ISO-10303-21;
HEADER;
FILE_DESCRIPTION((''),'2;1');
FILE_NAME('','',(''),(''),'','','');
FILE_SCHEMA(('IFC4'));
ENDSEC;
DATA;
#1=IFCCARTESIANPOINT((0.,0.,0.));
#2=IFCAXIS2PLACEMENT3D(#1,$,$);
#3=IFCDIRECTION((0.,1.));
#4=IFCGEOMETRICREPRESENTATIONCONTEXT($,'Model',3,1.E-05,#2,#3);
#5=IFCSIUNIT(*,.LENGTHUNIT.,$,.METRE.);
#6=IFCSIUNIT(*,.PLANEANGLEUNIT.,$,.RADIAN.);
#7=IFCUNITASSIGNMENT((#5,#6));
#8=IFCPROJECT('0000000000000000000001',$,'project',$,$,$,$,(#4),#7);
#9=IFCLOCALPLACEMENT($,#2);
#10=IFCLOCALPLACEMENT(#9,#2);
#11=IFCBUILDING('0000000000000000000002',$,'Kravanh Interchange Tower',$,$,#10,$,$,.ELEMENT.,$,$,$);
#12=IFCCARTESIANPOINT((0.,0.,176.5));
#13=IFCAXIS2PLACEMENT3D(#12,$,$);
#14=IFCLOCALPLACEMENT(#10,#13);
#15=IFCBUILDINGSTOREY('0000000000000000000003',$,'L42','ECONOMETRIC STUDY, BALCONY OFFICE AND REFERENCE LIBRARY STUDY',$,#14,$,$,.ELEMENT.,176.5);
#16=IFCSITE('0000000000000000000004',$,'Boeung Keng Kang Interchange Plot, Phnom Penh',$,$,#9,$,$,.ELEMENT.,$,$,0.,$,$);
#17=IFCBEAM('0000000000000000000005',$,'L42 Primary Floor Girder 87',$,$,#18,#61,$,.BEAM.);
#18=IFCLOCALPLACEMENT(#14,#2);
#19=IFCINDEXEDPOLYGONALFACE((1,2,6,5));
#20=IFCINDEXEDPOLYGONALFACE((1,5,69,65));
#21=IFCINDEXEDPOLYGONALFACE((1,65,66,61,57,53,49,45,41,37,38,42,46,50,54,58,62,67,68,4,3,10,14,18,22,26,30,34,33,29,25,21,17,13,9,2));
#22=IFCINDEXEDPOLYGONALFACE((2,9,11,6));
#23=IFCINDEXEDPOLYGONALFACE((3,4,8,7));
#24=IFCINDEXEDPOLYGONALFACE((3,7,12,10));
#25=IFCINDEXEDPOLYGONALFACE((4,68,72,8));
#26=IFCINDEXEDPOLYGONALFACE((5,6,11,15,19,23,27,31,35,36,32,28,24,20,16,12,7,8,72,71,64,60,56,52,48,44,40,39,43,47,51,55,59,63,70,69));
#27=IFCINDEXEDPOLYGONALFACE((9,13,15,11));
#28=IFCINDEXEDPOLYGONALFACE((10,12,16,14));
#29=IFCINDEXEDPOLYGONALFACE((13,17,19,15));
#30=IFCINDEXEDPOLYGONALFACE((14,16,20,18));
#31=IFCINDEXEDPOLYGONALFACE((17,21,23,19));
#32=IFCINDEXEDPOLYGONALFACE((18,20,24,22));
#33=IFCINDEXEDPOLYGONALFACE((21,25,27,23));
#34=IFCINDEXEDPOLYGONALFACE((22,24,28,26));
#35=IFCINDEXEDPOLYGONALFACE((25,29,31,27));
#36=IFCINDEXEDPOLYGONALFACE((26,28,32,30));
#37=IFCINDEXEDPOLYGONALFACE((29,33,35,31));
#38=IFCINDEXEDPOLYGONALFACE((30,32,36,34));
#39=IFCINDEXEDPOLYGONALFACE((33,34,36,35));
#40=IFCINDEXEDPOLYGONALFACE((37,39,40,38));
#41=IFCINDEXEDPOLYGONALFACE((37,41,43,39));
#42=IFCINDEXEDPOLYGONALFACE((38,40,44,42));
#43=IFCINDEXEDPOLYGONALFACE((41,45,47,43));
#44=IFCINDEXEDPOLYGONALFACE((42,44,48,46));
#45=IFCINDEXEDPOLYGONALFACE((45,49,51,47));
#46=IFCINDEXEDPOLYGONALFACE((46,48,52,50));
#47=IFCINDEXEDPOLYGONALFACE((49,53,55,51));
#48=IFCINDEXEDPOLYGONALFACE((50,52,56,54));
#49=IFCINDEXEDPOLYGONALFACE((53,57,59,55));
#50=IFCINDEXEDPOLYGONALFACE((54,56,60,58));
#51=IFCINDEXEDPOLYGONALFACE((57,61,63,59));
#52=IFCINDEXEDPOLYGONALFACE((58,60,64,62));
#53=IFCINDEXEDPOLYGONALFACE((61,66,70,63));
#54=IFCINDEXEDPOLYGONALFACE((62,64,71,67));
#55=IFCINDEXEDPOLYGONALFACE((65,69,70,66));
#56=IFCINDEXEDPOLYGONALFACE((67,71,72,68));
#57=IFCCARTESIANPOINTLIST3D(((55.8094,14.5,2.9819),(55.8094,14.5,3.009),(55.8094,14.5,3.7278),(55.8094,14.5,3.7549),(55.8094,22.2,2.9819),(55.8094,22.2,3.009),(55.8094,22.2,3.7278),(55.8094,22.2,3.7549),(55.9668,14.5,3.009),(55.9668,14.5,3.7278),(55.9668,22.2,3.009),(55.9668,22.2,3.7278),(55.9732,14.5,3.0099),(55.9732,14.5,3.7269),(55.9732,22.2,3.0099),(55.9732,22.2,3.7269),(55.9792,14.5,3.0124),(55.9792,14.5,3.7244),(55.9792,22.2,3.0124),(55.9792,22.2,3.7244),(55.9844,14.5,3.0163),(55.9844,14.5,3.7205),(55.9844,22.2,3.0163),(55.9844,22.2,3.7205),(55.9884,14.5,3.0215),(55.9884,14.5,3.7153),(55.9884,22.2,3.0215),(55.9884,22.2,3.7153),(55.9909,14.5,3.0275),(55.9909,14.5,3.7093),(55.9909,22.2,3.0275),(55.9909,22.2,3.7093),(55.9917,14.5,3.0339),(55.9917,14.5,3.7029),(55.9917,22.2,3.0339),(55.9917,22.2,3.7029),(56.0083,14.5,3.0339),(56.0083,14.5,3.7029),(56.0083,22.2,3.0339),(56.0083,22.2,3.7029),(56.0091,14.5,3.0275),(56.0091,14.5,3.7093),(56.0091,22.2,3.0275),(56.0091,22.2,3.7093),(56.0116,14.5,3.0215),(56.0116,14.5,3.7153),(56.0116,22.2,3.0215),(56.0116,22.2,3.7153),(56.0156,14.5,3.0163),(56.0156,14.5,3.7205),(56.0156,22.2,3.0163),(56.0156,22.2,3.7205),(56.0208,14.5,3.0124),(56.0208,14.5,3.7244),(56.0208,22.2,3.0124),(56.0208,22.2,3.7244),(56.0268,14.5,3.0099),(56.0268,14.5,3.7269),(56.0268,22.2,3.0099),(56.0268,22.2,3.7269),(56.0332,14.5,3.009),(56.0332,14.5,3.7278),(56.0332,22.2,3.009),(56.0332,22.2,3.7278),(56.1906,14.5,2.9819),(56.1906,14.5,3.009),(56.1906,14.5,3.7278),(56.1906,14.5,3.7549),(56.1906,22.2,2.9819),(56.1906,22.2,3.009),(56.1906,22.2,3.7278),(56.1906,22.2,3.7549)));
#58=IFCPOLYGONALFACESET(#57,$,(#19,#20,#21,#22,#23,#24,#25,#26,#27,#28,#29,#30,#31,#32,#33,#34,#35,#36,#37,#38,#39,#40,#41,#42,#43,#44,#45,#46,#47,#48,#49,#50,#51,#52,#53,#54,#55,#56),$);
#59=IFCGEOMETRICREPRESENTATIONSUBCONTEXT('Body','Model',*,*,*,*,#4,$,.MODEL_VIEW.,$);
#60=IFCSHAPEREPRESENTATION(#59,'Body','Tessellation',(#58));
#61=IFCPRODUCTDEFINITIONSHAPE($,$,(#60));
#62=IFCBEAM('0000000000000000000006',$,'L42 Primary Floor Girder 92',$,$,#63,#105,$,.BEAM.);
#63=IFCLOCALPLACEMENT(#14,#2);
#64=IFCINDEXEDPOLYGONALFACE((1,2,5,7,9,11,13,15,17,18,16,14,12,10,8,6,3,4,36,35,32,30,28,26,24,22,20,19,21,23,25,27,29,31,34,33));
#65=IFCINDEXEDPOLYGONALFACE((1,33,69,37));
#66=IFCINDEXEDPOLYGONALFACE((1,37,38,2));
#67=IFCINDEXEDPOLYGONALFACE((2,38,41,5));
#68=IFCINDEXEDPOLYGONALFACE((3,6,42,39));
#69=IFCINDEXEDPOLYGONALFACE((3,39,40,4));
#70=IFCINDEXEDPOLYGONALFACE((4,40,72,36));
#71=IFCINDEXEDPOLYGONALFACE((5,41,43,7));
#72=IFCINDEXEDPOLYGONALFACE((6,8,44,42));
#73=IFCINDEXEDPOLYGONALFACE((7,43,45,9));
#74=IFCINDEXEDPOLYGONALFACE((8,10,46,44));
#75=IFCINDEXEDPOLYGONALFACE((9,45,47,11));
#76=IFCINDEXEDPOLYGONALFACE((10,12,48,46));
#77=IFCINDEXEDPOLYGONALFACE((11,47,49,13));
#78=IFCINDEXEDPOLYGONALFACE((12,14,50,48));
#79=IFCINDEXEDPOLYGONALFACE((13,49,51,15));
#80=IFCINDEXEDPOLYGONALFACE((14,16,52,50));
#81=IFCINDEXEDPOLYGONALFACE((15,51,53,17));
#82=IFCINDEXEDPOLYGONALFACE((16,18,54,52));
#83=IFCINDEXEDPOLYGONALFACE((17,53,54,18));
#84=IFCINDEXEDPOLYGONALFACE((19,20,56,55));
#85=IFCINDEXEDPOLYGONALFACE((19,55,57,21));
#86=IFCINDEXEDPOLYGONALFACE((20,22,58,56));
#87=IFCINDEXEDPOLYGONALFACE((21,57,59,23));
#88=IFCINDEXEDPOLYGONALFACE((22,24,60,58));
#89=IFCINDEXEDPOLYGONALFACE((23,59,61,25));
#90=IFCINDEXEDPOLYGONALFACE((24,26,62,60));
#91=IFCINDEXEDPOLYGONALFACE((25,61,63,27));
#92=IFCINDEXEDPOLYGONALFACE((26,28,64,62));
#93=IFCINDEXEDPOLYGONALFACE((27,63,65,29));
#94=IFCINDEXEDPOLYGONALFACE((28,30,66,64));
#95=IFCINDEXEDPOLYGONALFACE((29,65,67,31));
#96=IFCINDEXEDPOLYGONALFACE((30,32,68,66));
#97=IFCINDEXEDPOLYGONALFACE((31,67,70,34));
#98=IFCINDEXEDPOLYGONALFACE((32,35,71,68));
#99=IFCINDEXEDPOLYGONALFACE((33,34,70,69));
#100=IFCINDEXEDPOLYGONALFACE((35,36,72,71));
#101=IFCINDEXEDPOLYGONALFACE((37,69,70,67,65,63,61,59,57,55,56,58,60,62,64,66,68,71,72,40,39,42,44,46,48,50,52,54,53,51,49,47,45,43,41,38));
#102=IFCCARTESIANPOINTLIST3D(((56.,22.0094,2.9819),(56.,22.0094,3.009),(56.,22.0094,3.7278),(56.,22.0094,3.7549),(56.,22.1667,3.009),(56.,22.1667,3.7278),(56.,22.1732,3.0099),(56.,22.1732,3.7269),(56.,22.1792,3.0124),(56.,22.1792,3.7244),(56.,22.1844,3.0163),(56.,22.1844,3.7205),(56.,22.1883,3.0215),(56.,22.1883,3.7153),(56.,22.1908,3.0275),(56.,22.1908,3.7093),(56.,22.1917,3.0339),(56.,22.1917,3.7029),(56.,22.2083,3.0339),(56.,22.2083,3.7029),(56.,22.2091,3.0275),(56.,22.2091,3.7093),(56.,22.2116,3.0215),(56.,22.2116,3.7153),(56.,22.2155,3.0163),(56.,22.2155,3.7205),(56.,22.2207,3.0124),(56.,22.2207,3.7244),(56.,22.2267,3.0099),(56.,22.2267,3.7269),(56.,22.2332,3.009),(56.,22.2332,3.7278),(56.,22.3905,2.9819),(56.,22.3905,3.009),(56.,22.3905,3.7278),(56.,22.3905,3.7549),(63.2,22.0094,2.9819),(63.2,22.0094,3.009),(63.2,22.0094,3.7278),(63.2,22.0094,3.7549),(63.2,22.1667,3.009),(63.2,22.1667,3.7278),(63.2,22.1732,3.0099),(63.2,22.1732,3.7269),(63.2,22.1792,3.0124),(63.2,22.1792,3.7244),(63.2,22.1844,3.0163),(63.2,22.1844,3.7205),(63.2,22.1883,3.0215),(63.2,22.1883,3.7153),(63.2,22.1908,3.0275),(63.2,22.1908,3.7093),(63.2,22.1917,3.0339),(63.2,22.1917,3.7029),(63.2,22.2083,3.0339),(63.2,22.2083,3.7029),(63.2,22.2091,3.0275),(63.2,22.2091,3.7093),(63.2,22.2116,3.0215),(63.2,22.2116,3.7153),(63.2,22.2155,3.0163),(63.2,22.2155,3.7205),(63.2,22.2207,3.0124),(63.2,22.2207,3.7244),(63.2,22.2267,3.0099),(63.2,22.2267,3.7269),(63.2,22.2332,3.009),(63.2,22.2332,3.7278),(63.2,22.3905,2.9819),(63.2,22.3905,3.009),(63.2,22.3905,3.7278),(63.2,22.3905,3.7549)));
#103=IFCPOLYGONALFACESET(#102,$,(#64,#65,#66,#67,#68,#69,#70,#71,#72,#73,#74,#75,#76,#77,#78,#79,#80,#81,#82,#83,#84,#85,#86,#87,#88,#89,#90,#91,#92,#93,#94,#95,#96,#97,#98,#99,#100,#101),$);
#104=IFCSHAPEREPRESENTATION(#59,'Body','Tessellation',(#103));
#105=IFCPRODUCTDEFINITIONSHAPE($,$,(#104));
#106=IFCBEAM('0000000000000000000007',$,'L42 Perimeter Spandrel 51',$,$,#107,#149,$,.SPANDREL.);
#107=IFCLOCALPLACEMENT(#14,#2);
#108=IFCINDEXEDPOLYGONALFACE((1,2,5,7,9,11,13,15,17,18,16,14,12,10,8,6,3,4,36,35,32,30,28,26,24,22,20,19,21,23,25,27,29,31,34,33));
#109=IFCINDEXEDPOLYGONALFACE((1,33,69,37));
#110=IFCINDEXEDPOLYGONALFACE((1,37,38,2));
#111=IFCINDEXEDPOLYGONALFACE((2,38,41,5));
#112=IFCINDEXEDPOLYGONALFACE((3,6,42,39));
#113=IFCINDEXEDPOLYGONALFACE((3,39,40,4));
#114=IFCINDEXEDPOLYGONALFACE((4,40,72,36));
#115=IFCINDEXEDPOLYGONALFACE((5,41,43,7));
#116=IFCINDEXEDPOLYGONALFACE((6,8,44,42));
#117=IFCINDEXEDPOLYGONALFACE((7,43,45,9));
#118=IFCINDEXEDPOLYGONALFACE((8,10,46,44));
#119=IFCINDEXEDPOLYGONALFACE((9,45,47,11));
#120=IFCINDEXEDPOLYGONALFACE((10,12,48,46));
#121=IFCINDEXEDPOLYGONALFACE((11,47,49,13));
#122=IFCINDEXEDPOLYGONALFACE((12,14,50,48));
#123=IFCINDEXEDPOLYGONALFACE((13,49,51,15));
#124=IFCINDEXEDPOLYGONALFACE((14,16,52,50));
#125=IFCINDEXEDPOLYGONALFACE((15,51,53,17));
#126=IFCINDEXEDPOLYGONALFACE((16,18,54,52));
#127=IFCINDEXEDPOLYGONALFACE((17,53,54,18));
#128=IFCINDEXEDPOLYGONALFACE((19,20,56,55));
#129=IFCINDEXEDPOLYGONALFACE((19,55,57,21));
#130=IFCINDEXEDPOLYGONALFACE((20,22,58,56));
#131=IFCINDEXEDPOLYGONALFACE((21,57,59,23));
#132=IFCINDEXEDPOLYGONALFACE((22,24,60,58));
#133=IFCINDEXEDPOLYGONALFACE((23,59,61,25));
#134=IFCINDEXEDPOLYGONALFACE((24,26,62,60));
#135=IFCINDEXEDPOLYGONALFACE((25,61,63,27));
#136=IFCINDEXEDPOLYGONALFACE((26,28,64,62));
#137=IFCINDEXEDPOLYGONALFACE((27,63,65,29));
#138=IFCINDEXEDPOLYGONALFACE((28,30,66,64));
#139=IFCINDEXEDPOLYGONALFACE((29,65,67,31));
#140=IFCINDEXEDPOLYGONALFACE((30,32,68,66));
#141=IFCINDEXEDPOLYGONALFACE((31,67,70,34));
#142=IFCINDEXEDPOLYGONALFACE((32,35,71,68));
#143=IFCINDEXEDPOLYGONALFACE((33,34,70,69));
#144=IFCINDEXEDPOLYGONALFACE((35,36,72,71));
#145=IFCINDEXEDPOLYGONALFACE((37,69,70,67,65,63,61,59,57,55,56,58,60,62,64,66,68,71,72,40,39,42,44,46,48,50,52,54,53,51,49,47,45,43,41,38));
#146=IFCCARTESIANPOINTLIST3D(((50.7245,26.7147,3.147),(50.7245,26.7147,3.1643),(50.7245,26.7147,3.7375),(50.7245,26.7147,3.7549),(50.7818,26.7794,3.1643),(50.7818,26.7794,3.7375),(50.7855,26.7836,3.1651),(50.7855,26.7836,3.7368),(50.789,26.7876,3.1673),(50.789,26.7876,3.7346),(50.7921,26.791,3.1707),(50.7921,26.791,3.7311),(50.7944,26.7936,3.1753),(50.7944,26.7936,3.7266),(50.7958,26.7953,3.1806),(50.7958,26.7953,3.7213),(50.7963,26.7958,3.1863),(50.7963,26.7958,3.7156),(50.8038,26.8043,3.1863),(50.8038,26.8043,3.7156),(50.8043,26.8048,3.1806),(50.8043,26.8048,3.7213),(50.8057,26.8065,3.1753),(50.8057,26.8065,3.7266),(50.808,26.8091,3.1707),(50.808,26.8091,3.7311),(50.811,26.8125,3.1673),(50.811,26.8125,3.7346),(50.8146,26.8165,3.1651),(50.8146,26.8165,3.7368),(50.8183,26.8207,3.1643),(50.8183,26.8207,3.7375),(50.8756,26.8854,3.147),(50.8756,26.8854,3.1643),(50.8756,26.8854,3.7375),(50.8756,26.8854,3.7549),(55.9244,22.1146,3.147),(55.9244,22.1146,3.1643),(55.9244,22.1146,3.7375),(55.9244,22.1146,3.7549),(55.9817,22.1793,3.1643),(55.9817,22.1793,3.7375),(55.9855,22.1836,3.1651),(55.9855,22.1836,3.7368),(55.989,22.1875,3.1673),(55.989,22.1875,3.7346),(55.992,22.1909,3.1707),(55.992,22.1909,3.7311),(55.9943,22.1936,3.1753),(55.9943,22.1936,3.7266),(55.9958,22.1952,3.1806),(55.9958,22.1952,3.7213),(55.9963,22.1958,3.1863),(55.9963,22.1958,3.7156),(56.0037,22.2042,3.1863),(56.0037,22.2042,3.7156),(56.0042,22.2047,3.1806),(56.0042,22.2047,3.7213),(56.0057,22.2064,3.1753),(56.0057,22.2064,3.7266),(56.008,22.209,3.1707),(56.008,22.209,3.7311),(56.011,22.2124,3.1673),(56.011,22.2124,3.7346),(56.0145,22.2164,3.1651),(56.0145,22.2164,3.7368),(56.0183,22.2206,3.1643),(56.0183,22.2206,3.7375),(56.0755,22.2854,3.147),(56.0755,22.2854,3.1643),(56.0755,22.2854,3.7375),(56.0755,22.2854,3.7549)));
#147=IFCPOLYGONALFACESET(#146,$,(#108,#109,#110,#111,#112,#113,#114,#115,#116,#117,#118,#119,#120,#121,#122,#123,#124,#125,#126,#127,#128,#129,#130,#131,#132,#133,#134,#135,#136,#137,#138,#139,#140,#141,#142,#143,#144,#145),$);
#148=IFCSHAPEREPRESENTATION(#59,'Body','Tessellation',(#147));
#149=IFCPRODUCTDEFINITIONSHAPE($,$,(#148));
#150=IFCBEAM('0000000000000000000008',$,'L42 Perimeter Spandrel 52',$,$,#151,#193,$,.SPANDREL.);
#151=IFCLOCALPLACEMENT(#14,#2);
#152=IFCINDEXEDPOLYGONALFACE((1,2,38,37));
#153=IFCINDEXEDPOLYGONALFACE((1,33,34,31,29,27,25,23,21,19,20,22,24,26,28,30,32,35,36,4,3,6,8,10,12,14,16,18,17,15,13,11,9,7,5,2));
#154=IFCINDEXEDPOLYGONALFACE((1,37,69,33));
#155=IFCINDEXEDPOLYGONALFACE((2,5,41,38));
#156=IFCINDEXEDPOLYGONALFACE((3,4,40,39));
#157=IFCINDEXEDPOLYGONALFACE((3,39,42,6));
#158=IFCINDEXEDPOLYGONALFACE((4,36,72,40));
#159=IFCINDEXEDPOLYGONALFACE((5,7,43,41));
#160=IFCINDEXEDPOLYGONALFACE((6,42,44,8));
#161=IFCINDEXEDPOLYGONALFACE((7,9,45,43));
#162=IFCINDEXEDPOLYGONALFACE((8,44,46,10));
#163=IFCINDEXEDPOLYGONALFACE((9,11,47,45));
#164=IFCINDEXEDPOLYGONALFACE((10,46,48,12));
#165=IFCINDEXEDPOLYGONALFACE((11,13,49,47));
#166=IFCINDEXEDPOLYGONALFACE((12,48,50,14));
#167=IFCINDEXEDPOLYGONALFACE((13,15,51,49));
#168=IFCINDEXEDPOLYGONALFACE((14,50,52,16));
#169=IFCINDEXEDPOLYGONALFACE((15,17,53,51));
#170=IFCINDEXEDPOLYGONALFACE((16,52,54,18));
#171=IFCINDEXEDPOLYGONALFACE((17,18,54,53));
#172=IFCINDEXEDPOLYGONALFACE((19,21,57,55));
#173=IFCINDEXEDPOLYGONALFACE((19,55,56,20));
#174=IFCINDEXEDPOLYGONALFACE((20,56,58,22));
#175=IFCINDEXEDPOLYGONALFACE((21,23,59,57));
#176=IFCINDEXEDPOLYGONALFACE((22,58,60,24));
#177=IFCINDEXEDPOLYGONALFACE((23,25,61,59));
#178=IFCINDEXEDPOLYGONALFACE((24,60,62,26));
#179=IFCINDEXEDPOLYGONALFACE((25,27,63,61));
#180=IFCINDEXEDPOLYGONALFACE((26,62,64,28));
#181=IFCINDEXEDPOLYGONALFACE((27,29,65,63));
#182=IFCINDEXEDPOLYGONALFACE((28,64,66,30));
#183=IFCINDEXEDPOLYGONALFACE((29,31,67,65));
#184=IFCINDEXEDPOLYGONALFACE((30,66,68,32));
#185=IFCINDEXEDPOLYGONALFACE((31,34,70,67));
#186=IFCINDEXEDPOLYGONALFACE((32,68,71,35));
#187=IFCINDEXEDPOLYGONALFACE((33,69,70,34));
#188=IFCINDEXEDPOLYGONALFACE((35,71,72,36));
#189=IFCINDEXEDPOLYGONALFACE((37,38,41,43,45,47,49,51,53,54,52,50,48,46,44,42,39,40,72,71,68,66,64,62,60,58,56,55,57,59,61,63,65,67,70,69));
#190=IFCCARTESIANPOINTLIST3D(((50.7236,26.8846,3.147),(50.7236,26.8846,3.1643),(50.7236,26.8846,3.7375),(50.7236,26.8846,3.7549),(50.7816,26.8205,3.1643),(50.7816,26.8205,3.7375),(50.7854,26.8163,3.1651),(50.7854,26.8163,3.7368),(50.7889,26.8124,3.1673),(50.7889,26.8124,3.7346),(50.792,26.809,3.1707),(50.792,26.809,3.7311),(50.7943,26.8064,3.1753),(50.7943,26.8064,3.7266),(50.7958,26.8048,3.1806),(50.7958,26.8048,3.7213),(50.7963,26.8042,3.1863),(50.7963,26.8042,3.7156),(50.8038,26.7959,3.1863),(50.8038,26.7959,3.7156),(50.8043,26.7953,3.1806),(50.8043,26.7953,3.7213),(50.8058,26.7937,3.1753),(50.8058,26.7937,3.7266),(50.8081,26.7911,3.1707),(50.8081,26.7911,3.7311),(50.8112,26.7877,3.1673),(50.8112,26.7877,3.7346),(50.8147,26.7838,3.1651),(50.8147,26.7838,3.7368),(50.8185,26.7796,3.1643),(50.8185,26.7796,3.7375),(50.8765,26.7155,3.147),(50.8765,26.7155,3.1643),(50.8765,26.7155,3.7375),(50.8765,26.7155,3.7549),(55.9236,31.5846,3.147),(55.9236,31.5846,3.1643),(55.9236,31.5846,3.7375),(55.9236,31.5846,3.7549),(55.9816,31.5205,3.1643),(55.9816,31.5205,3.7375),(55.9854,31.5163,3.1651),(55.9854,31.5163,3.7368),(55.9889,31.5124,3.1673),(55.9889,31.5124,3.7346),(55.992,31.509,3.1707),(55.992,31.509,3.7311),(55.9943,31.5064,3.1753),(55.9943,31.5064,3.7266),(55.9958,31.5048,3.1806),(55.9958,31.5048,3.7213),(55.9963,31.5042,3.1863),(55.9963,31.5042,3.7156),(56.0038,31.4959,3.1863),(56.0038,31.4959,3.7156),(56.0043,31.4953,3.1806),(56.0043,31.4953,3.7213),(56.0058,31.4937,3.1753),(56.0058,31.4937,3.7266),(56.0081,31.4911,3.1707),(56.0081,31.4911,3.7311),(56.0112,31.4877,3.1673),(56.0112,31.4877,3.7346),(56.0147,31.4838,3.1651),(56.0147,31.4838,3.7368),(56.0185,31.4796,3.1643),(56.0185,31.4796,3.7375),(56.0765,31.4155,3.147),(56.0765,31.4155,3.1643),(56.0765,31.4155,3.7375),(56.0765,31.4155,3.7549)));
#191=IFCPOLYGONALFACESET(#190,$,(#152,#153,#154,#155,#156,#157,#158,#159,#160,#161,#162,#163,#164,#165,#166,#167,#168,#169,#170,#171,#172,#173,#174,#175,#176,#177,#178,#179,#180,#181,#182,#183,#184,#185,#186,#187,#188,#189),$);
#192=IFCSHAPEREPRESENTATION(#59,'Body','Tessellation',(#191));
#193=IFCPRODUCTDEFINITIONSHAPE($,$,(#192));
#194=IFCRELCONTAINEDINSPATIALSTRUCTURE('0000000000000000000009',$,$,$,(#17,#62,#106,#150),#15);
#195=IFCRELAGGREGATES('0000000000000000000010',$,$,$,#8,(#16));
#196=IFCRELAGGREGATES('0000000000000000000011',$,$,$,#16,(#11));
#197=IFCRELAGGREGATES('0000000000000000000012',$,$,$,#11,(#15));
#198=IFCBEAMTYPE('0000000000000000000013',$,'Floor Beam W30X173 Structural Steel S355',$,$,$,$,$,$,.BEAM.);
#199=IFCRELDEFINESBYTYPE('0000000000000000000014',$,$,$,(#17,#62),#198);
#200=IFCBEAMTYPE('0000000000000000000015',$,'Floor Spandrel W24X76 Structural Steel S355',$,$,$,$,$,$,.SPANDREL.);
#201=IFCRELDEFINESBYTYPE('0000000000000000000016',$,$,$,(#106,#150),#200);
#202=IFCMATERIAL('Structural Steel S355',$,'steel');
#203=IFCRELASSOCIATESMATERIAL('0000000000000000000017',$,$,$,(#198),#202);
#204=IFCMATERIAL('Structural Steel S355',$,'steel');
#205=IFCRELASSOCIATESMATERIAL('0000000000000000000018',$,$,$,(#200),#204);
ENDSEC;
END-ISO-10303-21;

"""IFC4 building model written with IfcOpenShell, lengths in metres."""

from ifc_helpers import new_model, si_unit, direction, frame, origin, origin_2d, place, context, subcontext, project, spatial, i_section, extrude, material, material_profile, profile_set, type_object, element, save


model = new_model("IFC4")

# Units and contexts
model_context = context("Model", 3, precision=1e-05, world=origin(), true_north=direction((0.0, 1.0)))
body_context = subcontext(model_context, "Body", "Model", "MODEL_VIEW")
ifc_project = project(units=[si_unit("LENGTHUNIT", "METRE"), si_unit("PLANEANGLEUNIT", "RADIAN")], contexts=[model_context])

# Site, building, storey
site_placement = place(None, origin())
site = spatial("IfcSite", under=ifc_project, at=site_placement, Name="Boeung Keng Kang Interchange Plot, Phnom Penh", CompositionType="ELEMENT", RefElevation=0.0)
building_placement = place(site_placement, origin())
building = spatial("IfcBuilding", under=site, at=building_placement, Name="Kravanh Interchange Tower", CompositionType="ELEMENT")
storey_placement = place(building_placement, frame((0.0, 0.0, 176.5)))
storey = spatial("IfcBuildingStorey", under=building, at=storey_placement, Name="L42", Description="ECONOMETRIC STUDY, BALCONY OFFICE AND REFERENCE LIBRARY STUDY", CompositionType="ELEMENT", Elevation=176.5)

# Beams
ifc_material_1 = material(Name="Structural Steel S355", Category="steel")
ifc_material_profile_1 = material_profile(ifc_material_1, i_section(OverallWidth=0.3811, OverallDepth=0.7729, WebThickness=0.0166, FlangeThickness=0.0271, FilletRadius=0.0249, at=origin_2d()), Name="W30X173")
ifc_profile_set_1 = profile_set([ifc_material_profile_1], Name="Structural Steel S355")
beam_type_1 = type_object("IfcBeamType", Name="Floor Beam W30X173 Structural Steel S355", PredefinedType="BEAM", material=ifc_profile_set_1)
beam_1_placement = place(storey_placement, frame((56.0, 14.5, 3.3684), z_axis=(0.0, 1.0, 0.0), x_axis=(-1.0, 0.0, 0.0)))
element("IfcBeam", 1, at=beam_1_placement, inside=storey, type_object=beam_type_1, Name="L42 Primary Floor Girder 87", PredefinedType="BEAM", context=body_context, shape_type="SweptSolid", body=[
    extrude(i_section(OverallWidth=0.3811, OverallDepth=0.7729, WebThickness=0.0166, FlangeThickness=0.0271, FilletRadius=0.0249, at=origin_2d()), origin(), (0.0, 0.0, 1.0), 7.7),
])
beam_2_placement = place(storey_placement, frame((56.0, 22.2, 3.3684), z_axis=(1.0, 0.0, 0.0), x_axis=(0.0, 1.0, 0.0)))
element("IfcBeam", 2, at=beam_2_placement, inside=storey, type_object=beam_type_1, Name="L42 Primary Floor Girder 92", PredefinedType="BEAM", context=body_context, shape_type="SweptSolid", body=[
    extrude(i_section(OverallWidth=0.3811, OverallDepth=0.7729, WebThickness=0.0166, FlangeThickness=0.0271, FilletRadius=0.0249, at=origin_2d()), origin(), (0.0, 0.0, 1.0), 7.2),
])
ifc_material_2 = material(Name="Structural Steel S355", Category="steel")
ifc_material_profile_2 = material_profile(ifc_material_2, i_section(OverallWidth=0.228, OverallDepth=0.6079, WebThickness=0.0112, FlangeThickness=0.0173, FilletRadius=0.022, at=origin_2d()), Name="W24X76")
ifc_profile_set_2 = profile_set([ifc_material_profile_2], Name="Structural Steel S355")
beam_type_2 = type_object("IfcBeamType", Name="Floor Spandrel W24X76 Structural Steel S355", PredefinedType="SPANDREL", material=ifc_profile_set_2)
beam_3_placement = place(storey_placement, frame((50.8, 26.8, 3.4509), z_axis=(0.748986, -0.662585, 0.0), x_axis=(0.662585, 0.748986, 0.0)))
element("IfcBeam", 3, at=beam_3_placement, inside=storey, type_object=beam_type_2, Name="L42 Perimeter Spandrel 51", PredefinedType="SPANDREL", context=body_context, shape_type="SweptSolid", body=[
    extrude(i_section(OverallWidth=0.228, OverallDepth=0.6079, WebThickness=0.0112, FlangeThickness=0.0173, FilletRadius=0.022, at=origin_2d()), origin(), (0.0, 0.0, 1.0), 6.9426),
])
beam_4_placement = place(storey_placement, frame((50.8, 26.8, 3.4509), z_axis=(0.741874, 0.670539, 0.0), x_axis=(-0.670539, 0.741874, 0.0)))
element("IfcBeam", 4, at=beam_4_placement, inside=storey, type_object=beam_type_2, Name="L42 Perimeter Spandrel 52", PredefinedType="SPANDREL", context=body_context, shape_type="SweptSolid", body=[
    extrude(i_section(OverallWidth=0.228, OverallDepth=0.6079, WebThickness=0.0112, FlangeThickness=0.0173, FilletRadius=0.022, at=origin_2d()), origin(), (0.0, 0.0, 1.0), 7.0093),
])

save(model, "model.ifc")
